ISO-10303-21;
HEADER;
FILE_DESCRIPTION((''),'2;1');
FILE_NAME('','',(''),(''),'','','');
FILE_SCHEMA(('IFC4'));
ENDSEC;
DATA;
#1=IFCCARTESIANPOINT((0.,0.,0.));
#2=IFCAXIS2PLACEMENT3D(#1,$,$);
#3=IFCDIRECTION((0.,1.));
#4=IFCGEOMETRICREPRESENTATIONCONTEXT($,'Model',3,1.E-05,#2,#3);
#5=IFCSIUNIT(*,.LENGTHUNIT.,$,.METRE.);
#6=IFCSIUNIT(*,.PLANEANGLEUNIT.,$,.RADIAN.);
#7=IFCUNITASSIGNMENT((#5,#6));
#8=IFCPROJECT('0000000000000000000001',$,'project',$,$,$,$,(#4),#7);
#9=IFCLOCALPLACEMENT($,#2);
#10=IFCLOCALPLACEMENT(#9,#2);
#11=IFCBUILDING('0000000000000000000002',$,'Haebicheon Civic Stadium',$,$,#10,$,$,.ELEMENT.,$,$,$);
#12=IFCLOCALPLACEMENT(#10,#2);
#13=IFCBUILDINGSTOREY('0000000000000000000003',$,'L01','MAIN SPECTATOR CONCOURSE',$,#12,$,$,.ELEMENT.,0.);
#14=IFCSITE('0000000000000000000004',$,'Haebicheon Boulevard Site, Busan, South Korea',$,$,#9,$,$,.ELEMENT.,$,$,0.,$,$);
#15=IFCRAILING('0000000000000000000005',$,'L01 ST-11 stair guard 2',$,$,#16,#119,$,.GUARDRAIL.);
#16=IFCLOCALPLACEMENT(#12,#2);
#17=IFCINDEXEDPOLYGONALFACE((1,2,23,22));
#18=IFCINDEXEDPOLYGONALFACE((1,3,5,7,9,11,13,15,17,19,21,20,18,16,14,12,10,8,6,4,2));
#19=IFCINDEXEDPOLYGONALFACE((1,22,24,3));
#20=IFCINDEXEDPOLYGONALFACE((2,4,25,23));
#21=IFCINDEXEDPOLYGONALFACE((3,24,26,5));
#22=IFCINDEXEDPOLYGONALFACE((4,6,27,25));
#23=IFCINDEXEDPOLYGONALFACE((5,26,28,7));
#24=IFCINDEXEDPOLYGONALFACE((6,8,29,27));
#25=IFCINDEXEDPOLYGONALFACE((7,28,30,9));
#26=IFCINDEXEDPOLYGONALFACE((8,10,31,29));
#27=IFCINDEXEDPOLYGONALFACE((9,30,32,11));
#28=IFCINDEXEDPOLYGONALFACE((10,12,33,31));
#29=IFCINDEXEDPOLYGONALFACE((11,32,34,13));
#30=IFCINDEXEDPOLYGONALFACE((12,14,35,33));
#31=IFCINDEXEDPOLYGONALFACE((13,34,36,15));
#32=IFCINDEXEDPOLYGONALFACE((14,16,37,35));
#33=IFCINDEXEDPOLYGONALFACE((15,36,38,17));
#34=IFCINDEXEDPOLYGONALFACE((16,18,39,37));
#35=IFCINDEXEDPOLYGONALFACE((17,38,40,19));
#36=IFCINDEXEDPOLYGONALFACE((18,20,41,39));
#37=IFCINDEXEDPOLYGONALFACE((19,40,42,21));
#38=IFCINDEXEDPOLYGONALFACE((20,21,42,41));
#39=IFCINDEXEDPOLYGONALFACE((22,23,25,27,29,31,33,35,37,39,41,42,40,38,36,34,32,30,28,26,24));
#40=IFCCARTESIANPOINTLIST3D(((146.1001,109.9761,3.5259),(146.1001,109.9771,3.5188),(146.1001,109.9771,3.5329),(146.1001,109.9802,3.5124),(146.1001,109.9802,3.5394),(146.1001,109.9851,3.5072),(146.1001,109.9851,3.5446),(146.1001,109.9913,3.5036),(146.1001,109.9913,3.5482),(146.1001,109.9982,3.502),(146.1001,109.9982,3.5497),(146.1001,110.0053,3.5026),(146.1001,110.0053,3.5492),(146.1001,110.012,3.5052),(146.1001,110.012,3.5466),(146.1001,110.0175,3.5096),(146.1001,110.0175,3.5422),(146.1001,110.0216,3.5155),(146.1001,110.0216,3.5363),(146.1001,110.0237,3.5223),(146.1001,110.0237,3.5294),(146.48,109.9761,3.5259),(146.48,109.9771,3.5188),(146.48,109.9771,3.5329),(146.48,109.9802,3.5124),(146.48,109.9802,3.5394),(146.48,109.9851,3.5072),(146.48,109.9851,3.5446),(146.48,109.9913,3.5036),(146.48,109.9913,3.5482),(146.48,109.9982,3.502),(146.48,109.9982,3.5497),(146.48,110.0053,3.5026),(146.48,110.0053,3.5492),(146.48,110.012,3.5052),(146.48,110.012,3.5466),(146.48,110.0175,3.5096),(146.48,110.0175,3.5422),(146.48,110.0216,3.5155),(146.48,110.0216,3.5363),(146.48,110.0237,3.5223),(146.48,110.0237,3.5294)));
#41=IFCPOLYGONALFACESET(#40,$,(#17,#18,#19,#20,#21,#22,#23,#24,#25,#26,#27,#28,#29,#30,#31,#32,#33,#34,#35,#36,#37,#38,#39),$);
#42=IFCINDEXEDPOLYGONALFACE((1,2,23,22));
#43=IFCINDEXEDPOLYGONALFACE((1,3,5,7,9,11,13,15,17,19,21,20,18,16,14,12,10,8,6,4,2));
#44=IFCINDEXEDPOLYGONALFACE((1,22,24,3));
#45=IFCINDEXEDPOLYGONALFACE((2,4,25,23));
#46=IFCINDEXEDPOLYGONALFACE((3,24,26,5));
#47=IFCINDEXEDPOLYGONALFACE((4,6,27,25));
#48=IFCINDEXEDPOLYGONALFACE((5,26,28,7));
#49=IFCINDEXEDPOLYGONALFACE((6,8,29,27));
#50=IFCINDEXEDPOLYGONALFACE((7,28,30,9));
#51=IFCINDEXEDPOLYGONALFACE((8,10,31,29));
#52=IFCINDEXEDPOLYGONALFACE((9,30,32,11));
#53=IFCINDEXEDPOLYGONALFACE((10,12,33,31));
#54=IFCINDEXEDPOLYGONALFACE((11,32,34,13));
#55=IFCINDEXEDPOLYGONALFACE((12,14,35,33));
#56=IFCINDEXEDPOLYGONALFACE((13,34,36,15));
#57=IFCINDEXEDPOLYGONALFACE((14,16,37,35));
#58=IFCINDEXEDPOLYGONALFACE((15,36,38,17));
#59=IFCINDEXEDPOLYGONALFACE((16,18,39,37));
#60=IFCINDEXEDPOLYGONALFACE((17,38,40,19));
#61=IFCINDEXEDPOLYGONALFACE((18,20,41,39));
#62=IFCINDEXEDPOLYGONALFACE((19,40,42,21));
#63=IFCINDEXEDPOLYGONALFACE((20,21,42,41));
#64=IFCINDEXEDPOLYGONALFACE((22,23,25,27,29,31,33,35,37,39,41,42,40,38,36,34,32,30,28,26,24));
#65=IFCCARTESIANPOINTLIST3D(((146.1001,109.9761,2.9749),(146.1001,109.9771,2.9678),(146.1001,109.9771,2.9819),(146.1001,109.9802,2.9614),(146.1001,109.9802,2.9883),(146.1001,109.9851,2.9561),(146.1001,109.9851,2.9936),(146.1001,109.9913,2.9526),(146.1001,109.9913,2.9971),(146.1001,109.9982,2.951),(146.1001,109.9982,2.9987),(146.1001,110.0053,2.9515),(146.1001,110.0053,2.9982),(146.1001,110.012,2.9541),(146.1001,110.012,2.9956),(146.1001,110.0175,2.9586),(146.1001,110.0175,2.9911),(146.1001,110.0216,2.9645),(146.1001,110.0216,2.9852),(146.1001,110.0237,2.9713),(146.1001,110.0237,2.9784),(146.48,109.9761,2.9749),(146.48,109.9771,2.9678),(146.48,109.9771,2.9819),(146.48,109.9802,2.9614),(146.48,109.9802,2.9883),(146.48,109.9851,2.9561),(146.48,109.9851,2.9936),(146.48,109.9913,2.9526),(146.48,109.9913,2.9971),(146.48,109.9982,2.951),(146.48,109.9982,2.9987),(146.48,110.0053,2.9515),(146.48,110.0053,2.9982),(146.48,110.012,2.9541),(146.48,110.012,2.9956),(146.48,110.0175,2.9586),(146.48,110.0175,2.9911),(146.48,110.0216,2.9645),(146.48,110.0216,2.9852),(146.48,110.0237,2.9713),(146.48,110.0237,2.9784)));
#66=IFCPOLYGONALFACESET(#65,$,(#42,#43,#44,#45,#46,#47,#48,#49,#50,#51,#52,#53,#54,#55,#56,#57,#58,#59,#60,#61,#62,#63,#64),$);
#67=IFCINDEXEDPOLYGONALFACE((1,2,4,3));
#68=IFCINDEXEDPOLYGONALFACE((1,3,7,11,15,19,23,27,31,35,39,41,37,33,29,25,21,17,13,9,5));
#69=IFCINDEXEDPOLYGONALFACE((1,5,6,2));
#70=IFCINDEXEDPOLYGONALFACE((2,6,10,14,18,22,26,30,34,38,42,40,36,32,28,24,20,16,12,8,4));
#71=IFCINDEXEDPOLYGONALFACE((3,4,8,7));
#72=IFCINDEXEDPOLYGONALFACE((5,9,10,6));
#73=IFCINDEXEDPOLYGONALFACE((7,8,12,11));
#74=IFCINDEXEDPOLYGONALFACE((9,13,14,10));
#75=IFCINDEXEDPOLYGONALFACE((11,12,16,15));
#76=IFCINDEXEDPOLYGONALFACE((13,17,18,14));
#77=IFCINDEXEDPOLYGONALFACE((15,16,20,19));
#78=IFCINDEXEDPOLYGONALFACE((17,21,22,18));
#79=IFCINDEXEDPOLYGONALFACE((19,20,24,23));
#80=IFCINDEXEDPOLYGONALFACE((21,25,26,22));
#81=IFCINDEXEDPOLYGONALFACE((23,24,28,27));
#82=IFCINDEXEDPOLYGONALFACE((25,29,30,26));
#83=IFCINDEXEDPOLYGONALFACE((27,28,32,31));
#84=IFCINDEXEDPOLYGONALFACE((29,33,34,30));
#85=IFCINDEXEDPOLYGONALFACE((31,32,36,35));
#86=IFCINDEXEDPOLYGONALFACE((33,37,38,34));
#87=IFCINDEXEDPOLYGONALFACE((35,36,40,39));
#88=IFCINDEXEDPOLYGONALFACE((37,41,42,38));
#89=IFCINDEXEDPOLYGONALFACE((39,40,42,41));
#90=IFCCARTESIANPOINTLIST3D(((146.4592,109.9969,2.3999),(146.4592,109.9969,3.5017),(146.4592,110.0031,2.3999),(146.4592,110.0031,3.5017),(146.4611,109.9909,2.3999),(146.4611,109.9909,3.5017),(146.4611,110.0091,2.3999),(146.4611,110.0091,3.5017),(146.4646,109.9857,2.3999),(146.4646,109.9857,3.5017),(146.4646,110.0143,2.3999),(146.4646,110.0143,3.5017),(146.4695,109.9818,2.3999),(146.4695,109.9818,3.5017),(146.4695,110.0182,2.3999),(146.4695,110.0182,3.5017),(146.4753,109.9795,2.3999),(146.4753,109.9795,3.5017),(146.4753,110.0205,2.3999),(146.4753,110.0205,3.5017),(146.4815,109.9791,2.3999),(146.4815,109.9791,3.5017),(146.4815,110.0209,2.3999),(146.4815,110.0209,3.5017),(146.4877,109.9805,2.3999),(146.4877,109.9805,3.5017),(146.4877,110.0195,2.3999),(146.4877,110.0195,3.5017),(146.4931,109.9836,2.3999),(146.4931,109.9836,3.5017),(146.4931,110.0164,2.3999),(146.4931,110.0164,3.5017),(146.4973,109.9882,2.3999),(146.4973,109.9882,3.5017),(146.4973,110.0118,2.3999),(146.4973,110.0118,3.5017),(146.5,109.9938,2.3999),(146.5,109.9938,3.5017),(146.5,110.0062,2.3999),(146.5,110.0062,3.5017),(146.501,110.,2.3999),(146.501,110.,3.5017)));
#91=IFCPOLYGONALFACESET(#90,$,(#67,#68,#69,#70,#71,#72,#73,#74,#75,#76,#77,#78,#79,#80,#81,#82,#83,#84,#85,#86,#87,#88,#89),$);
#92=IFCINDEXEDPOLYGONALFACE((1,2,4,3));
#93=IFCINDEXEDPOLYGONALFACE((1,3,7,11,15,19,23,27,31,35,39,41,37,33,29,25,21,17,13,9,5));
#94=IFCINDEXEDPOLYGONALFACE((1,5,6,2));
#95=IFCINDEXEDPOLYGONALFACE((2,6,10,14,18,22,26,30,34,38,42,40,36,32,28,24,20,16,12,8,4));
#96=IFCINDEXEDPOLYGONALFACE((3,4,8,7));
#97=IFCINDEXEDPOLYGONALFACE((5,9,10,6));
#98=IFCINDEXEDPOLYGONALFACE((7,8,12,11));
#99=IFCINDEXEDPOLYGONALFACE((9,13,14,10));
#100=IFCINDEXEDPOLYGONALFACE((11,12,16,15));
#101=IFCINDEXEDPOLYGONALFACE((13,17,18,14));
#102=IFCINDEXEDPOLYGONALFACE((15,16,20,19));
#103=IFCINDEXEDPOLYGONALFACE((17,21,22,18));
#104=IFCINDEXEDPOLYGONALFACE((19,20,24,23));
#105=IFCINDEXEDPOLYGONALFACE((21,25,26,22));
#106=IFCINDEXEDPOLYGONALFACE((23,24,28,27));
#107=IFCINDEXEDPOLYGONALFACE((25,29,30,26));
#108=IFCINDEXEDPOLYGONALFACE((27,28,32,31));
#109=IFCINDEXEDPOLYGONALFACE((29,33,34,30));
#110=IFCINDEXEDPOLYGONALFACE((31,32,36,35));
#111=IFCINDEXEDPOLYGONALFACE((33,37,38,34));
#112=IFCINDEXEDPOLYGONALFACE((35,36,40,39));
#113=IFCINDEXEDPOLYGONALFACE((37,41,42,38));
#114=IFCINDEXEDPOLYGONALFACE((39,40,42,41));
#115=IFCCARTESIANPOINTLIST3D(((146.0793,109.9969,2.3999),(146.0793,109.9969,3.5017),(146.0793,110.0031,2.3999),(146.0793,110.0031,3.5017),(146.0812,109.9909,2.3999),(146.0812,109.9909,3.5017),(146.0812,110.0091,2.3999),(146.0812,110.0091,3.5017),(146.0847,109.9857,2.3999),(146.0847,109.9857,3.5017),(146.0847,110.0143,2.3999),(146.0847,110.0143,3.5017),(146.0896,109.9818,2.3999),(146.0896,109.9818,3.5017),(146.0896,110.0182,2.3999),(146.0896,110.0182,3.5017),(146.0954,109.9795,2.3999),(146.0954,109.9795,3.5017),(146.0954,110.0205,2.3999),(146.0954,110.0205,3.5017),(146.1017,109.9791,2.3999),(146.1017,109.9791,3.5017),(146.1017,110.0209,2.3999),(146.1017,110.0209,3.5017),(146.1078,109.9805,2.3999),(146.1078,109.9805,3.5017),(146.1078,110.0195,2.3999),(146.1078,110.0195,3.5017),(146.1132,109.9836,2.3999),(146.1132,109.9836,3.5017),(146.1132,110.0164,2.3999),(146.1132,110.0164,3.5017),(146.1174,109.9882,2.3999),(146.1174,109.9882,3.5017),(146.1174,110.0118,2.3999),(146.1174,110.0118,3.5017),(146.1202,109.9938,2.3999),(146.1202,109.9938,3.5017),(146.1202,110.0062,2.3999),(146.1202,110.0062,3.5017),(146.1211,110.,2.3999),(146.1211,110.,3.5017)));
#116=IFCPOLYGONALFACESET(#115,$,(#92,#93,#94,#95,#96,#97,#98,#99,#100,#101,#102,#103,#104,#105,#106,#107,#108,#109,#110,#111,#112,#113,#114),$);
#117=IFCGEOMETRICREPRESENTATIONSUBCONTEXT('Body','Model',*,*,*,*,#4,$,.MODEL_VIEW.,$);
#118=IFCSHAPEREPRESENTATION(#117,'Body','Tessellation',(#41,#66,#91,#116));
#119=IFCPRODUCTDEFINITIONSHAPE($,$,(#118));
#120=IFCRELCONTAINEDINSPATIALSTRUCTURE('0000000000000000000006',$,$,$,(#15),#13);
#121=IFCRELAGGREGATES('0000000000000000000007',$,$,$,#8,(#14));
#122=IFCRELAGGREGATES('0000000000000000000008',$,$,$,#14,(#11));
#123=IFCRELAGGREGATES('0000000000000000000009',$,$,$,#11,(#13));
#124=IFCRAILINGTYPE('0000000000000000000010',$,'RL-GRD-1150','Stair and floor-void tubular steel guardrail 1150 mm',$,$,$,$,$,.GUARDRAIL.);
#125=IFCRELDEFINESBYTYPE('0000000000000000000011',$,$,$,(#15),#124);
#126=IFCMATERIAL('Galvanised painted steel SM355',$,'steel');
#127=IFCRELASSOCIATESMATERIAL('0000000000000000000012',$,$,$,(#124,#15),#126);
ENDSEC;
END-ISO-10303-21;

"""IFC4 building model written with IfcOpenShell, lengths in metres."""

from ifc_helpers import new_model, si_unit, direction, frame, origin, origin_2d, place, context, subcontext, project, spatial, circle, extrude, material, type_object, element, save


model = new_model("IFC4")

# Units and contexts
model_context = context("Model", 3, precision=1e-05, world=origin(), true_north=direction((0.0, 1.0)))
body_context = subcontext(model_context, "Body", "Model", "MODEL_VIEW")
ifc_project = project(units=[si_unit("LENGTHUNIT", "METRE"), si_unit("PLANEANGLEUNIT", "RADIAN")], contexts=[model_context])

# Site, building, storey
site_placement = place(None, origin())
site = spatial("IfcSite", under=ifc_project, at=site_placement, Name="Haebicheon Boulevard Site, Busan, South Korea", CompositionType="ELEMENT", RefElevation=0.0)
building_placement = place(site_placement, origin())
building = spatial("IfcBuilding", under=site, at=building_placement, Name="Haebicheon Civic Stadium", CompositionType="ELEMENT")
storey_placement = place(building_placement, origin())
storey = spatial("IfcBuildingStorey", under=building, at=storey_placement, Name="L01", Description="MAIN SPECTATOR CONCOURSE", CompositionType="ELEMENT", Elevation=0.0)

# Railing
ifc_material_1 = material(Name="Galvanised painted steel SM355", Category="steel")
railing_type = type_object("IfcRailingType", Name="RL-GRD-1150", Description="Stair and floor-void tubular steel guardrail 1150 mm", PredefinedType="GUARDRAIL", material=ifc_material_1)
railing_1_placement = place(storey_placement, frame((146.48, 110.0, 2.3999)))
element("IfcRailing", 1, at=railing_1_placement, inside=storey, type_object=railing_type, material=ifc_material_1, Name="L01 ST-11 stair guard 2", PredefinedType="GUARDRAIL", context=body_context, shape_type="SweptSolid", body=[
    extrude(circle(Radius=0.0239, at=origin_2d()), frame((0.0, 0.0, 1.126), z_axis=(-1.0, 0.0, 0.0), x_axis=(0.0, -1.0, 0.0)), (0.0, 0.0, 1.0), 0.3799),
    extrude(circle(Radius=0.0239, at=origin_2d()), frame((0.0, 0.0, 0.575), z_axis=(-1.0, 0.0, 0.0), x_axis=(0.0, -1.0, 0.0)), (0.0, 0.0, 1.0), 0.3799),
    extrude(circle(Radius=0.021, at=origin_2d()), origin(), (0.0, 0.0, 1.0), 1.1018),
    extrude(circle(Radius=0.021, at=origin_2d()), frame((-0.3799, 0.0, 0.0)), (0.0, 0.0, 1.0), 1.1018),
])

save(model, "model.ifc")
